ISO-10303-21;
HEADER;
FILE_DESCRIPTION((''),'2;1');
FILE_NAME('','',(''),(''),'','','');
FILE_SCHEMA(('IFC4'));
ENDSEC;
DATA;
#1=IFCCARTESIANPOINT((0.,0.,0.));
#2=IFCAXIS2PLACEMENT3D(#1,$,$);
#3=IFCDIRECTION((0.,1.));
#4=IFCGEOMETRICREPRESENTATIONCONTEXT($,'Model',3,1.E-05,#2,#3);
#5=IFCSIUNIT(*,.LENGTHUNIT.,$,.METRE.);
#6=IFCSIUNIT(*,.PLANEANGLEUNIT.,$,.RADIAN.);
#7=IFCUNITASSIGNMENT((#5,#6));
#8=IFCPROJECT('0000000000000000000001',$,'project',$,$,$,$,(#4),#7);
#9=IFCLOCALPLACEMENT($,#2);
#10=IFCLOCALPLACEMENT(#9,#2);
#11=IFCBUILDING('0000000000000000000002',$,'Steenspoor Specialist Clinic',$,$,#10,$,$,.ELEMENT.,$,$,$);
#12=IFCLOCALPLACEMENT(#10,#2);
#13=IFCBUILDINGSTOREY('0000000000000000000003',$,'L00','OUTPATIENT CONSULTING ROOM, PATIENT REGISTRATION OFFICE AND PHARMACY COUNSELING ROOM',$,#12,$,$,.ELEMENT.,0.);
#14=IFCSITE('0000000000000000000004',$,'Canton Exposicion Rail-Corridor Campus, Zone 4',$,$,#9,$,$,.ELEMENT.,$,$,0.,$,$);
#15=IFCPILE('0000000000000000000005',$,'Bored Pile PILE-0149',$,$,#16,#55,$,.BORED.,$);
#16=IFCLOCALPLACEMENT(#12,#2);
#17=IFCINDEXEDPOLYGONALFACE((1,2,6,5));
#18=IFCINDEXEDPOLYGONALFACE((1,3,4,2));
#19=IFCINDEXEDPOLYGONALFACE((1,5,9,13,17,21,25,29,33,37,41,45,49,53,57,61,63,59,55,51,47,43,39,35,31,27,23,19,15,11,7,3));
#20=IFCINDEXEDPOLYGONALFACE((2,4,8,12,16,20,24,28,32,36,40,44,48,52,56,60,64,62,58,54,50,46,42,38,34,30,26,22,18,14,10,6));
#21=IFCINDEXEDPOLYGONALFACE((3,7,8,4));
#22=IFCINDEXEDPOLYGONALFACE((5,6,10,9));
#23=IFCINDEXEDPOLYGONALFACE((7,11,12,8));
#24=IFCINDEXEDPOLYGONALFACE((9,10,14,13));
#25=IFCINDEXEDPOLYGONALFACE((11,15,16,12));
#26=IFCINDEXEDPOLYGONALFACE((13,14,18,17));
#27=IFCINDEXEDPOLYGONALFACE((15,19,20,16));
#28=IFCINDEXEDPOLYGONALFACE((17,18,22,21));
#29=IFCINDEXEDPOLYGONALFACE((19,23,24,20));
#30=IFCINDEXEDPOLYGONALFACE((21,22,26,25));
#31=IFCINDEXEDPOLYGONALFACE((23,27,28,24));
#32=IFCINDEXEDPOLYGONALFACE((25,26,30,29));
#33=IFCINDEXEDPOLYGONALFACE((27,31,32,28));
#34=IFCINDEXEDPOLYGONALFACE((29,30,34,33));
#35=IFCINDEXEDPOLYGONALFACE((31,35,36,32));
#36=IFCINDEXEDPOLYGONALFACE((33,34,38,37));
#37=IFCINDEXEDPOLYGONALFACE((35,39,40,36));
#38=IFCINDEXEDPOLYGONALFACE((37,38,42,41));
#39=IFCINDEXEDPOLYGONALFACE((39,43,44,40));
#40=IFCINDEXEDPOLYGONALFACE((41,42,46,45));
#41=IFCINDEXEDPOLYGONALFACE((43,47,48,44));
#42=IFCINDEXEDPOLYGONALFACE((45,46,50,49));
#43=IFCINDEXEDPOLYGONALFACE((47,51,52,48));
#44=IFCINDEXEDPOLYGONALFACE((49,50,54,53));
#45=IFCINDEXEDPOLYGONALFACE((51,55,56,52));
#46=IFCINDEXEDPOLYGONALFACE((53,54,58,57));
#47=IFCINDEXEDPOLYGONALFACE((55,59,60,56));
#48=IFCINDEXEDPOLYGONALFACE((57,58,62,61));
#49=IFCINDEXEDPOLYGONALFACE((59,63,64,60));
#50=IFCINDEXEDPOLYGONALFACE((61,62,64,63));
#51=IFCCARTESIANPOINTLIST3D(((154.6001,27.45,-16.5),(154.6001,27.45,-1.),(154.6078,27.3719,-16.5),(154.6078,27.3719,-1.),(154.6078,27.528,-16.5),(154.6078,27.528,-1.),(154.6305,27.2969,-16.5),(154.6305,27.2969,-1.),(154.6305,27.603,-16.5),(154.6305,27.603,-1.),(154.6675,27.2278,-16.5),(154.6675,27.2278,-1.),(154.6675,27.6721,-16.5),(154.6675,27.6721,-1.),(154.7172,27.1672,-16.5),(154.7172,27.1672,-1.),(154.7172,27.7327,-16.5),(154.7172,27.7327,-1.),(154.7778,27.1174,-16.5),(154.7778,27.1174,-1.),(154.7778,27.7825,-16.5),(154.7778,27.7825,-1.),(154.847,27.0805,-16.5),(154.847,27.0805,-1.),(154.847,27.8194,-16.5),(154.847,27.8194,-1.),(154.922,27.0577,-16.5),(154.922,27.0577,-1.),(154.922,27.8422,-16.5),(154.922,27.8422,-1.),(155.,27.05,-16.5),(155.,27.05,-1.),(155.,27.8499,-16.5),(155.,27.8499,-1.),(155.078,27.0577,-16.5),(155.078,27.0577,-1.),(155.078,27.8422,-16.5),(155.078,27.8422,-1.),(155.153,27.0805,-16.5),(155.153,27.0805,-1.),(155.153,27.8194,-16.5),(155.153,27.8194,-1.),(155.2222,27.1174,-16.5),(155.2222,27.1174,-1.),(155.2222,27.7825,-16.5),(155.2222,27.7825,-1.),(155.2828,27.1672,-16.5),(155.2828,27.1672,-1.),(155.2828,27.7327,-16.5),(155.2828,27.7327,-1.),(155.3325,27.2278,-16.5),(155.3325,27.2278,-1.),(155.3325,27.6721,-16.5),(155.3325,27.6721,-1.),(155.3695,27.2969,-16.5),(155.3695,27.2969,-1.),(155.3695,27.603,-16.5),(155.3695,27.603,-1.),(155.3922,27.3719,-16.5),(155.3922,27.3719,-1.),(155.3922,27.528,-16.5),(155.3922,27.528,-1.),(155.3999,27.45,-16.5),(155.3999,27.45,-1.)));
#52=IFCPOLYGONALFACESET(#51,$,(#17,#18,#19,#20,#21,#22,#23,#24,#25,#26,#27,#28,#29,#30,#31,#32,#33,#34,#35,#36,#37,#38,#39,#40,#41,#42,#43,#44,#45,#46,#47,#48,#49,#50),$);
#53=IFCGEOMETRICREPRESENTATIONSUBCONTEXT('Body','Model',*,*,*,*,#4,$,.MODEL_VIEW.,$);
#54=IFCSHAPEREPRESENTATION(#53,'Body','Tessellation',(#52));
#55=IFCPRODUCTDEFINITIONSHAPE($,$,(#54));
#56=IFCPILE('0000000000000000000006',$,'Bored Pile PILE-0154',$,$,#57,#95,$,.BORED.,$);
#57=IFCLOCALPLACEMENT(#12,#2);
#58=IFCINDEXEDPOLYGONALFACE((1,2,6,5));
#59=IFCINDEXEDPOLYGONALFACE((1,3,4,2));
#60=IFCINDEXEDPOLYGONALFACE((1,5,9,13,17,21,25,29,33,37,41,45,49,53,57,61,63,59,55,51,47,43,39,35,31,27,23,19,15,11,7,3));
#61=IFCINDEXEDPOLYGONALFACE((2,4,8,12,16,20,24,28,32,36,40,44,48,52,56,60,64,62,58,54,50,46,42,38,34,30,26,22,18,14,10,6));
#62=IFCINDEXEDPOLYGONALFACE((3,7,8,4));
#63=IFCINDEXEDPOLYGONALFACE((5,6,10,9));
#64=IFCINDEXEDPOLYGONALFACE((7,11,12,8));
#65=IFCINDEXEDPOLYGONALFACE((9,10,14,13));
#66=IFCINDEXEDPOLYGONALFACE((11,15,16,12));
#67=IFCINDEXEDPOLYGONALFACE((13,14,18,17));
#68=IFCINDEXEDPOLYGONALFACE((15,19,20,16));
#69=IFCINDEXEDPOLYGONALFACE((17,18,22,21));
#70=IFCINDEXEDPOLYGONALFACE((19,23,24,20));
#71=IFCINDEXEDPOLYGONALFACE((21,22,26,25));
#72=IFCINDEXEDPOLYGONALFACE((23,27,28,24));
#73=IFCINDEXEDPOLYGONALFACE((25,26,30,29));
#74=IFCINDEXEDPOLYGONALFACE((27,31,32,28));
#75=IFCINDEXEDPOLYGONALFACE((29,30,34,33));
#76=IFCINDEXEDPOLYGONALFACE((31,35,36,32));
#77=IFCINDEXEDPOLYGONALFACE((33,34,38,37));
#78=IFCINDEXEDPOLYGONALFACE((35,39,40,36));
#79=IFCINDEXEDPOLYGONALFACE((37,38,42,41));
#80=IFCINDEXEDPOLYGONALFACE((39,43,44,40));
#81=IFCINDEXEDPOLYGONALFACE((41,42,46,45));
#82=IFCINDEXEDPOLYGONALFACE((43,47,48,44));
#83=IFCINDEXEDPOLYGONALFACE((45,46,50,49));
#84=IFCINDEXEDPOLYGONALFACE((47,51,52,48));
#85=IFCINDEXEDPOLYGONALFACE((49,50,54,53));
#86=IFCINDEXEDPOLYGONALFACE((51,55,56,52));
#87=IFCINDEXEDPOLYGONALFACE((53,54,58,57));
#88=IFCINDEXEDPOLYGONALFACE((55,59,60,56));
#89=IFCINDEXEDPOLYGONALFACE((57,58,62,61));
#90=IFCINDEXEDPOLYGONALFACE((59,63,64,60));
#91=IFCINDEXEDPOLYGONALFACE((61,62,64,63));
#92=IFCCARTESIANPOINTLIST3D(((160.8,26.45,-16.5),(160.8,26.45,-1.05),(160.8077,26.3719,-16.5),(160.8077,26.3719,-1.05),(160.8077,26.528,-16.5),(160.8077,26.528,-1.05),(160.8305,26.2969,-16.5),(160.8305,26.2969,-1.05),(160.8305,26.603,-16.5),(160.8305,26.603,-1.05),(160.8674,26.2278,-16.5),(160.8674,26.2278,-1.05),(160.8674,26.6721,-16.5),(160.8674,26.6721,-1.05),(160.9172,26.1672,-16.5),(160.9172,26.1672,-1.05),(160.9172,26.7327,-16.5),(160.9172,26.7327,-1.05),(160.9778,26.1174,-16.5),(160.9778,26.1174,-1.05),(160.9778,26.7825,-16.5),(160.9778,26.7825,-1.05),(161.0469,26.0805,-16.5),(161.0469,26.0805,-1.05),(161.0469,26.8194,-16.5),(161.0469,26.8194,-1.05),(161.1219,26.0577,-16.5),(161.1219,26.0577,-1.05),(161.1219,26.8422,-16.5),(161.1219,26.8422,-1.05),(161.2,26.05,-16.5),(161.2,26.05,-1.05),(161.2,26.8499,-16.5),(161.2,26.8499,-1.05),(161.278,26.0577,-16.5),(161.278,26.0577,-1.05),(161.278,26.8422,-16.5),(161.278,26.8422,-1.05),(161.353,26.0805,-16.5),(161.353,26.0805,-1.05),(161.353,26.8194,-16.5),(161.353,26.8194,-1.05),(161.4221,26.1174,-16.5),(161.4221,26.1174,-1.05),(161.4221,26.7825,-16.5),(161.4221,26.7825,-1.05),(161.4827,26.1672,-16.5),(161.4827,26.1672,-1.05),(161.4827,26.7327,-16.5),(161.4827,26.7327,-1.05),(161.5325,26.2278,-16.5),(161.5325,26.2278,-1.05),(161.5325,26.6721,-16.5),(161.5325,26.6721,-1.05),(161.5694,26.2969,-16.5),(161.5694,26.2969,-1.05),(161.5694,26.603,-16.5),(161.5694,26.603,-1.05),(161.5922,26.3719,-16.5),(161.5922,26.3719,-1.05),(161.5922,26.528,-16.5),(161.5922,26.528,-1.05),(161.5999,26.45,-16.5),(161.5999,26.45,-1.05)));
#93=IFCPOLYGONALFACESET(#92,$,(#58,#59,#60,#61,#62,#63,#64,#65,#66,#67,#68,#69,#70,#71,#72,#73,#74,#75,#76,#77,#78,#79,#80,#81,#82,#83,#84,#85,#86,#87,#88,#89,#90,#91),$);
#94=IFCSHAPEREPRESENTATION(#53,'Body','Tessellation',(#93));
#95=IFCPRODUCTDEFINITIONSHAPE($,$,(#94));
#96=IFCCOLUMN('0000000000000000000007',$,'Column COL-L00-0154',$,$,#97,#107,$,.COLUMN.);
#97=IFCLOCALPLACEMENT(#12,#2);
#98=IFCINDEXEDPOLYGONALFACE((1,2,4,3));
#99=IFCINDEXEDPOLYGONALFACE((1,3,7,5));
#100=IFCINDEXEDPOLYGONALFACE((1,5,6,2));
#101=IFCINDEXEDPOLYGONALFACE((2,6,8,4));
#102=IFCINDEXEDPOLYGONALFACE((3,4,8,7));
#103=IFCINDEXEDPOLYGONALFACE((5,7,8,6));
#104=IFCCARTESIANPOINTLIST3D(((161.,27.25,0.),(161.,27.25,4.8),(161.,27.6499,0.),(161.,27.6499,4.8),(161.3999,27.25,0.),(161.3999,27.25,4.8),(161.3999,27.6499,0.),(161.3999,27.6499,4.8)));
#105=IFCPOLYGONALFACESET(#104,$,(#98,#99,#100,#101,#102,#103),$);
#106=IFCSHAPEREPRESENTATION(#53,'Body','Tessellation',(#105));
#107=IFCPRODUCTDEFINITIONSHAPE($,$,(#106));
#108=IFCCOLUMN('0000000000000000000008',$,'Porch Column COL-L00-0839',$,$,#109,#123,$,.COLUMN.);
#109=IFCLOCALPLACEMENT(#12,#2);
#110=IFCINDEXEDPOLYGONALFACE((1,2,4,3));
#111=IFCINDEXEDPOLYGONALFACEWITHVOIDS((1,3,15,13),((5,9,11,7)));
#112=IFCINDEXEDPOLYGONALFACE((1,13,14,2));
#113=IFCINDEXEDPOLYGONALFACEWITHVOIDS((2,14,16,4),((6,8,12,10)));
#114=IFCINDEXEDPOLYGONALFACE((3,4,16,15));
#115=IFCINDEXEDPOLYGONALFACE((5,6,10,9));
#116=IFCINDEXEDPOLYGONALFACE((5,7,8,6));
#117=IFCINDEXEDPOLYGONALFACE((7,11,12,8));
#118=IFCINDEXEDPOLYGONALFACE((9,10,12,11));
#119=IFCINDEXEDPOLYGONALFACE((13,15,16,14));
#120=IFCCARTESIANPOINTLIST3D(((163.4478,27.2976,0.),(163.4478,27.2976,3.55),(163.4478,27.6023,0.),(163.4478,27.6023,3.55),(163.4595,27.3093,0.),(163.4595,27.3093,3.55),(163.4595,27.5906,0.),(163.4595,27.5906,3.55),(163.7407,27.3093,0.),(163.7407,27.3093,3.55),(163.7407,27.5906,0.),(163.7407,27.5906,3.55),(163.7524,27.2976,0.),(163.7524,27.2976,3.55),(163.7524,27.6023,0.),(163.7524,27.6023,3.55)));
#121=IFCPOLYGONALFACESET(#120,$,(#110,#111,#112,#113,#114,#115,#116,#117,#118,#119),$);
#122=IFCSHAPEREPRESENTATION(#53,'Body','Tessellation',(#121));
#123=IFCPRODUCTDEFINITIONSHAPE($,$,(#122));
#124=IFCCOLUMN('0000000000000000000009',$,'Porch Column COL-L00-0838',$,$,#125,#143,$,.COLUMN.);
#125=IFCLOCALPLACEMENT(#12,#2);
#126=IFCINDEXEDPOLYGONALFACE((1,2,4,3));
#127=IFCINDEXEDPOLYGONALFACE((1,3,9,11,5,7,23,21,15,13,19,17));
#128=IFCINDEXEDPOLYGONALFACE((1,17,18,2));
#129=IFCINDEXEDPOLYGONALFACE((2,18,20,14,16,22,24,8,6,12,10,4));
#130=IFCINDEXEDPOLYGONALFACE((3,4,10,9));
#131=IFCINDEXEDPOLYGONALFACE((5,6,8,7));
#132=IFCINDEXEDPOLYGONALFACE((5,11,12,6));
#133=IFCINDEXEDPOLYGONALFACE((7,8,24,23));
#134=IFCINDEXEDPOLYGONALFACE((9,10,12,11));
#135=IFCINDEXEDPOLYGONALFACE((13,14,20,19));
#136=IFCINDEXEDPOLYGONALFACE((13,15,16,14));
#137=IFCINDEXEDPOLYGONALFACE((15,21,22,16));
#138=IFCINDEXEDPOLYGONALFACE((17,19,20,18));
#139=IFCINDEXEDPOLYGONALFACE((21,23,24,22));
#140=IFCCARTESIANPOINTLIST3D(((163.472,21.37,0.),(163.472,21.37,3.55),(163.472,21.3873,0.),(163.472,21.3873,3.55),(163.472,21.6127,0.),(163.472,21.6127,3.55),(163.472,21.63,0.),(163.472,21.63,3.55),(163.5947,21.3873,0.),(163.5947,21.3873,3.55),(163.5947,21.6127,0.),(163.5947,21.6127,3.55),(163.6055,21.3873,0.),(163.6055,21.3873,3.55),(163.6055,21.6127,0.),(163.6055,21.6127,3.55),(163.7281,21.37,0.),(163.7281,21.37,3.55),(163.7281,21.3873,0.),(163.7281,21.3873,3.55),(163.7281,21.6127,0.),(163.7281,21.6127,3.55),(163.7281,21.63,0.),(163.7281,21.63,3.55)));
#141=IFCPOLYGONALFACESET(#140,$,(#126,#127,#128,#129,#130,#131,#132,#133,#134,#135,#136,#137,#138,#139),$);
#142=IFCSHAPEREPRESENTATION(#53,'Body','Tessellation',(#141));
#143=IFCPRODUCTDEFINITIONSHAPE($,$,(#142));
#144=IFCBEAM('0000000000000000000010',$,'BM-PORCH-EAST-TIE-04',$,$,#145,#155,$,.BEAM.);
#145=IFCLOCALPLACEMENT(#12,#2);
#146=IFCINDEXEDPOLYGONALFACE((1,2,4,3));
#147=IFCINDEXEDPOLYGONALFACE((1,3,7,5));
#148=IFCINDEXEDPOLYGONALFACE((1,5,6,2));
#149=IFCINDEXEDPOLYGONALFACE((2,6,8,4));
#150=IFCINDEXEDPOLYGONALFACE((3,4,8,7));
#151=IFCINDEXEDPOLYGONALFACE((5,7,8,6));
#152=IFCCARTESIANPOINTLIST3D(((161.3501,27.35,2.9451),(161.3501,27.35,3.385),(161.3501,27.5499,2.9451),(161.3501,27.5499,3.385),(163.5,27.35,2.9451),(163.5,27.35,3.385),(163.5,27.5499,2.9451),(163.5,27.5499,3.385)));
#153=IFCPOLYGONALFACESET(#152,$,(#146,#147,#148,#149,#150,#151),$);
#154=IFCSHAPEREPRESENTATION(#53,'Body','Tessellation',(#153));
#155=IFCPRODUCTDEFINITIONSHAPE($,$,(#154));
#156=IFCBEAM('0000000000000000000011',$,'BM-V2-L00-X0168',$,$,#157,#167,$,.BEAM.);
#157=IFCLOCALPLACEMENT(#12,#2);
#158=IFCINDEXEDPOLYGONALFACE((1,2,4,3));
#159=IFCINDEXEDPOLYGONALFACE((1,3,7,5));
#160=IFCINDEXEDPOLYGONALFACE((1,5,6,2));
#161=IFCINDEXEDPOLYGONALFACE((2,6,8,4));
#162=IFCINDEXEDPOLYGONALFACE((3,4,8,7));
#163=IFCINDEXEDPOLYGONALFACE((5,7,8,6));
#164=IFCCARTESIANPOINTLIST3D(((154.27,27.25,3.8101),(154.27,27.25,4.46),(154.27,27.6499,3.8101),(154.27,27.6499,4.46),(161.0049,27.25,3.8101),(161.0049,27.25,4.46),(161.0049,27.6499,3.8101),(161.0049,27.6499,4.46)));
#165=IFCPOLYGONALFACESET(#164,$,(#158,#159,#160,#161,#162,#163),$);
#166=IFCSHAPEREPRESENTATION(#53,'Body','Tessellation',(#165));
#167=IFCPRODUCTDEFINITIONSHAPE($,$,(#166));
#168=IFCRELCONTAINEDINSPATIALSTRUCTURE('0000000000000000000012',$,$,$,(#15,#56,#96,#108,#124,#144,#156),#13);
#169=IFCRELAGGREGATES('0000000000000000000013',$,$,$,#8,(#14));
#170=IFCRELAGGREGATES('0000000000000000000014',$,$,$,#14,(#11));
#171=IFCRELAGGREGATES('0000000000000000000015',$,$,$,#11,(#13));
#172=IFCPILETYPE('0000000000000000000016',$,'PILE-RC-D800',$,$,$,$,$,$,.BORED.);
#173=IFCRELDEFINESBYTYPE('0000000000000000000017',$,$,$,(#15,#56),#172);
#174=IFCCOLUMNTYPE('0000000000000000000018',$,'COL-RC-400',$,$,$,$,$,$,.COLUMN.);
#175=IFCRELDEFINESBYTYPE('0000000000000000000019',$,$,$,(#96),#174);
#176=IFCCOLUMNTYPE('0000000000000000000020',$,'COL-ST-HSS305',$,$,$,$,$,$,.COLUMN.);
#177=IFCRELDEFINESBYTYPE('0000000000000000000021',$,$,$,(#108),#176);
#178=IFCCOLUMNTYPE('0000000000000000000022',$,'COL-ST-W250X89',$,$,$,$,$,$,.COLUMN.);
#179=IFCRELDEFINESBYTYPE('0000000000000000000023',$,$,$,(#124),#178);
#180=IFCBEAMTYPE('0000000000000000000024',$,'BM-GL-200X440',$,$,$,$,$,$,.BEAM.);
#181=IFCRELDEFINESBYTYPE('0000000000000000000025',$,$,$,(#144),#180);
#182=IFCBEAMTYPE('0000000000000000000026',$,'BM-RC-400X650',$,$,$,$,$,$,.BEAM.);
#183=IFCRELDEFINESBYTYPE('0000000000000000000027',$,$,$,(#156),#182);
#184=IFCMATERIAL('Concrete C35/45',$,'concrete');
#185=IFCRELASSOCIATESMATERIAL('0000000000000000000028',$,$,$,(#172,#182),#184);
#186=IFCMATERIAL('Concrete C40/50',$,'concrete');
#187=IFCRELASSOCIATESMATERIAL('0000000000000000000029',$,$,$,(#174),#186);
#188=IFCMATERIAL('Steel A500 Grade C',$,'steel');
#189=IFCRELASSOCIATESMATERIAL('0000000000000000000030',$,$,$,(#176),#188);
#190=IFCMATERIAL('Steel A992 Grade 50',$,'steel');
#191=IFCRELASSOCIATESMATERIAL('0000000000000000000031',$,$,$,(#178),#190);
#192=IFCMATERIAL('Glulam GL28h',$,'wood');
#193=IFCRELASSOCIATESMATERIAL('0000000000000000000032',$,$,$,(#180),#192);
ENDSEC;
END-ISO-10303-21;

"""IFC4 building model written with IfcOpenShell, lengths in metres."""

from ifc_helpers import new_model, si_unit, direction, frame, origin, origin_2d, place, context, subcontext, project, spatial, rectangle, hollow_rectangle, circle, i_section, extrude, material, material_profile, profile_set, type_object, element, save


model = new_model("IFC4")

# Units and contexts
model_context = context("Model", 3, precision=1e-05, world=origin(), true_north=direction((0.0, 1.0)))
body_context = subcontext(model_context, "Body", "Model", "MODEL_VIEW")
ifc_project = project(units=[si_unit("LENGTHUNIT", "METRE"), si_unit("PLANEANGLEUNIT", "RADIAN")], contexts=[model_context])

# Site, building, storey
site_placement = place(None, origin())
site = spatial("IfcSite", under=ifc_project, at=site_placement, Name="Canton Exposicion Rail-Corridor Campus, Zone 4", CompositionType="ELEMENT", RefElevation=0.0)
building_placement = place(site_placement, origin())
building = spatial("IfcBuilding", under=site, at=building_placement, Name="Steenspoor Specialist Clinic", CompositionType="ELEMENT")
storey_placement = place(building_placement, origin())
storey = spatial("IfcBuildingStorey", under=building, at=storey_placement, Name="L00", Description="OUTPATIENT CONSULTING ROOM, PATIENT REGISTRATION OFFICE AND PHARMACY COUNSELING ROOM", CompositionType="ELEMENT", Elevation=0.0)

# Shared definitions
ifc_material_1 = material(Name="Concrete C35/45", Category="concrete")

# Piles
ifc_material_profile_1 = material_profile(ifc_material_1, circle(Radius=0.3999, at=origin_2d()), Name="PILE-D800")
ifc_profile_set_1 = profile_set([ifc_material_profile_1], Name="Concrete C35/45")
pile_type_1 = type_object("IfcPileType", Name="PILE-RC-D800", PredefinedType="BORED", material=ifc_profile_set_1)
pile_1_placement = place(storey_placement, frame((155.0, 27.45, -1.0), z_axis=(0.0, 0.0, -1.0), x_axis=(1.0, 0.0, 0.0)))
element("IfcPile", 1, at=pile_1_placement, inside=storey, type_object=pile_type_1, Name="Bored Pile PILE-0149", PredefinedType="BORED", context=body_context, shape_type="SweptSolid", body=[
    extrude(circle(Radius=0.3999, at=origin_2d()), origin(), (0.0, 0.0, 1.0), 15.5),
])
pile_2_placement = place(storey_placement, frame((161.2, 26.45, -1.05), z_axis=(0.0, 0.0, -1.0), x_axis=(1.0, 0.0, 0.0)))
element("IfcPile", 2, at=pile_2_placement, inside=storey, type_object=pile_type_1, Name="Bored Pile PILE-0154", PredefinedType="BORED", context=body_context, shape_type="SweptSolid", body=[
    extrude(circle(Radius=0.3999, at=origin_2d()), origin(), (0.0, 0.0, 1.0), 15.45),
])

# Columns
ifc_material_2 = material(Name="Concrete C40/50", Category="concrete")
ifc_material_profile_2 = material_profile(ifc_material_2, rectangle(XDim=0.3999, YDim=0.3999, at=origin_2d()), Name="RC-COL-400X400")
ifc_profile_set_2 = profile_set([ifc_material_profile_2], Name="Concrete C40/50")
column_type_1 = type_object("IfcColumnType", Name="COL-RC-400", PredefinedType="COLUMN", material=ifc_profile_set_2)
column_1_placement = place(storey_placement, frame((161.2, 27.45, 0.0), z_axis=(0.0, 0.0, 1.0), x_axis=(1.0, 0.0, 0.0)))
element("IfcColumn", 3, at=column_1_placement, inside=storey, type_object=column_type_1, Name="Column COL-L00-0154", PredefinedType="COLUMN", context=body_context, shape_type="SweptSolid", body=[
    extrude(rectangle(XDim=0.3999, YDim=0.3999, at=origin_2d()), origin(), (0.0, 0.0, 1.0), 4.8),
])
ifc_material_3 = material(Name="Steel A500 Grade C", Category="steel")
ifc_material_profile_3 = material_profile(ifc_material_3, hollow_rectangle(XDim=0.3047, YDim=0.3047, WallThickness=0.0117, at=origin_2d()), Name="HSS305X305X12.7")
ifc_profile_set_3 = profile_set([ifc_material_profile_3], Name="Steel A500 Grade C")
column_type_2 = type_object("IfcColumnType", Name="COL-ST-HSS305", PredefinedType="COLUMN", material=ifc_profile_set_3)
column_2_placement = place(storey_placement, frame((163.6001, 27.45, 0.0), z_axis=(0.0, 0.0, 1.0), x_axis=(1.0, 0.0, 0.0)))
element("IfcColumn", 4, at=column_2_placement, inside=storey, type_object=column_type_2, Name="Porch Column COL-L00-0839", PredefinedType="COLUMN", context=body_context, shape_type="SweptSolid", body=[
    extrude(hollow_rectangle(XDim=0.3047, YDim=0.3047, WallThickness=0.0117, at=origin_2d()), origin(), (0.0, 0.0, 1.0), 3.55),
])
ifc_material_4 = material(Name="Steel A992 Grade 50", Category="steel")
ifc_material_profile_4 = material_profile(ifc_material_4, i_section(OverallWidth=0.2561, OverallDepth=0.26, WebThickness=0.0107, FlangeThickness=0.0173, at=origin_2d()), Name="W250X89")
ifc_profile_set_4 = profile_set([ifc_material_profile_4], Name="Steel A992 Grade 50")
column_type_3 = type_object("IfcColumnType", Name="COL-ST-W250X89", PredefinedType="COLUMN", material=ifc_profile_set_4)
column_3_placement = place(storey_placement, frame((163.6001, 21.5, 0.0), z_axis=(0.0, 0.0, 1.0), x_axis=(1.0, 0.0, 0.0)))
element("IfcColumn", 5, at=column_3_placement, inside=storey, type_object=column_type_3, Name="Porch Column COL-L00-0838", PredefinedType="COLUMN", context=body_context, shape_type="SweptSolid", body=[
    extrude(i_section(OverallWidth=0.2561, OverallDepth=0.26, WebThickness=0.0107, FlangeThickness=0.0173, at=origin_2d()), origin(), (0.0, 0.0, 1.0), 3.55),
])

# Beams
ifc_material_5 = material(Name="Glulam GL28h", Category="wood")
ifc_material_profile_5 = material_profile(ifc_material_5, rectangle(XDim=0.2, YDim=0.4399, at=origin_2d()), Name="GL28H-200X440")
ifc_profile_set_5 = profile_set([ifc_material_profile_5], Name="Glulam GL28h")
beam_type_1 = type_object("IfcBeamType", Name="BM-GL-200X440", PredefinedType="BEAM", material=ifc_profile_set_5)
beam_1_placement = place(storey_placement, frame((163.5, 27.45, 3.165), z_axis=(-1.0, 0.0, 0.0), x_axis=(0.0, -1.0, 0.0)))
element("IfcBeam", 6, at=beam_1_placement, inside=storey, type_object=beam_type_1, Name="BM-PORCH-EAST-TIE-04", PredefinedType="BEAM", context=body_context, shape_type="SweptSolid", body=[
    extrude(rectangle(XDim=0.2, YDim=0.4399, at=origin_2d()), origin(), (0.0, 0.0, 1.0), 2.1499),
])
ifc_material_profile_6 = material_profile(ifc_material_1, rectangle(XDim=0.3999, YDim=0.6499, at=origin_2d()), Name="RC-BM-400X650")
ifc_profile_set_6 = profile_set([ifc_material_profile_6], Name="Concrete C35/45")
beam_type_2 = type_object("IfcBeamType", Name="BM-RC-400X650", PredefinedType="BEAM", material=ifc_profile_set_6)
beam_2_placement = place(storey_placement, frame((154.27, 27.45, 4.135), z_axis=(1.0, 0.0, 0.0), x_axis=(0.0, 1.0, 0.0)))
element("IfcBeam", 7, at=beam_2_placement, inside=storey, type_object=beam_type_2, Name="BM-V2-L00-X0168", PredefinedType="BEAM", context=body_context, shape_type="SweptSolid", body=[
    extrude(rectangle(XDim=0.3999, YDim=0.6499, at=origin_2d()), origin(), (0.0, 0.0, 1.0), 6.7349),
])

save(model, "model.ifc")
